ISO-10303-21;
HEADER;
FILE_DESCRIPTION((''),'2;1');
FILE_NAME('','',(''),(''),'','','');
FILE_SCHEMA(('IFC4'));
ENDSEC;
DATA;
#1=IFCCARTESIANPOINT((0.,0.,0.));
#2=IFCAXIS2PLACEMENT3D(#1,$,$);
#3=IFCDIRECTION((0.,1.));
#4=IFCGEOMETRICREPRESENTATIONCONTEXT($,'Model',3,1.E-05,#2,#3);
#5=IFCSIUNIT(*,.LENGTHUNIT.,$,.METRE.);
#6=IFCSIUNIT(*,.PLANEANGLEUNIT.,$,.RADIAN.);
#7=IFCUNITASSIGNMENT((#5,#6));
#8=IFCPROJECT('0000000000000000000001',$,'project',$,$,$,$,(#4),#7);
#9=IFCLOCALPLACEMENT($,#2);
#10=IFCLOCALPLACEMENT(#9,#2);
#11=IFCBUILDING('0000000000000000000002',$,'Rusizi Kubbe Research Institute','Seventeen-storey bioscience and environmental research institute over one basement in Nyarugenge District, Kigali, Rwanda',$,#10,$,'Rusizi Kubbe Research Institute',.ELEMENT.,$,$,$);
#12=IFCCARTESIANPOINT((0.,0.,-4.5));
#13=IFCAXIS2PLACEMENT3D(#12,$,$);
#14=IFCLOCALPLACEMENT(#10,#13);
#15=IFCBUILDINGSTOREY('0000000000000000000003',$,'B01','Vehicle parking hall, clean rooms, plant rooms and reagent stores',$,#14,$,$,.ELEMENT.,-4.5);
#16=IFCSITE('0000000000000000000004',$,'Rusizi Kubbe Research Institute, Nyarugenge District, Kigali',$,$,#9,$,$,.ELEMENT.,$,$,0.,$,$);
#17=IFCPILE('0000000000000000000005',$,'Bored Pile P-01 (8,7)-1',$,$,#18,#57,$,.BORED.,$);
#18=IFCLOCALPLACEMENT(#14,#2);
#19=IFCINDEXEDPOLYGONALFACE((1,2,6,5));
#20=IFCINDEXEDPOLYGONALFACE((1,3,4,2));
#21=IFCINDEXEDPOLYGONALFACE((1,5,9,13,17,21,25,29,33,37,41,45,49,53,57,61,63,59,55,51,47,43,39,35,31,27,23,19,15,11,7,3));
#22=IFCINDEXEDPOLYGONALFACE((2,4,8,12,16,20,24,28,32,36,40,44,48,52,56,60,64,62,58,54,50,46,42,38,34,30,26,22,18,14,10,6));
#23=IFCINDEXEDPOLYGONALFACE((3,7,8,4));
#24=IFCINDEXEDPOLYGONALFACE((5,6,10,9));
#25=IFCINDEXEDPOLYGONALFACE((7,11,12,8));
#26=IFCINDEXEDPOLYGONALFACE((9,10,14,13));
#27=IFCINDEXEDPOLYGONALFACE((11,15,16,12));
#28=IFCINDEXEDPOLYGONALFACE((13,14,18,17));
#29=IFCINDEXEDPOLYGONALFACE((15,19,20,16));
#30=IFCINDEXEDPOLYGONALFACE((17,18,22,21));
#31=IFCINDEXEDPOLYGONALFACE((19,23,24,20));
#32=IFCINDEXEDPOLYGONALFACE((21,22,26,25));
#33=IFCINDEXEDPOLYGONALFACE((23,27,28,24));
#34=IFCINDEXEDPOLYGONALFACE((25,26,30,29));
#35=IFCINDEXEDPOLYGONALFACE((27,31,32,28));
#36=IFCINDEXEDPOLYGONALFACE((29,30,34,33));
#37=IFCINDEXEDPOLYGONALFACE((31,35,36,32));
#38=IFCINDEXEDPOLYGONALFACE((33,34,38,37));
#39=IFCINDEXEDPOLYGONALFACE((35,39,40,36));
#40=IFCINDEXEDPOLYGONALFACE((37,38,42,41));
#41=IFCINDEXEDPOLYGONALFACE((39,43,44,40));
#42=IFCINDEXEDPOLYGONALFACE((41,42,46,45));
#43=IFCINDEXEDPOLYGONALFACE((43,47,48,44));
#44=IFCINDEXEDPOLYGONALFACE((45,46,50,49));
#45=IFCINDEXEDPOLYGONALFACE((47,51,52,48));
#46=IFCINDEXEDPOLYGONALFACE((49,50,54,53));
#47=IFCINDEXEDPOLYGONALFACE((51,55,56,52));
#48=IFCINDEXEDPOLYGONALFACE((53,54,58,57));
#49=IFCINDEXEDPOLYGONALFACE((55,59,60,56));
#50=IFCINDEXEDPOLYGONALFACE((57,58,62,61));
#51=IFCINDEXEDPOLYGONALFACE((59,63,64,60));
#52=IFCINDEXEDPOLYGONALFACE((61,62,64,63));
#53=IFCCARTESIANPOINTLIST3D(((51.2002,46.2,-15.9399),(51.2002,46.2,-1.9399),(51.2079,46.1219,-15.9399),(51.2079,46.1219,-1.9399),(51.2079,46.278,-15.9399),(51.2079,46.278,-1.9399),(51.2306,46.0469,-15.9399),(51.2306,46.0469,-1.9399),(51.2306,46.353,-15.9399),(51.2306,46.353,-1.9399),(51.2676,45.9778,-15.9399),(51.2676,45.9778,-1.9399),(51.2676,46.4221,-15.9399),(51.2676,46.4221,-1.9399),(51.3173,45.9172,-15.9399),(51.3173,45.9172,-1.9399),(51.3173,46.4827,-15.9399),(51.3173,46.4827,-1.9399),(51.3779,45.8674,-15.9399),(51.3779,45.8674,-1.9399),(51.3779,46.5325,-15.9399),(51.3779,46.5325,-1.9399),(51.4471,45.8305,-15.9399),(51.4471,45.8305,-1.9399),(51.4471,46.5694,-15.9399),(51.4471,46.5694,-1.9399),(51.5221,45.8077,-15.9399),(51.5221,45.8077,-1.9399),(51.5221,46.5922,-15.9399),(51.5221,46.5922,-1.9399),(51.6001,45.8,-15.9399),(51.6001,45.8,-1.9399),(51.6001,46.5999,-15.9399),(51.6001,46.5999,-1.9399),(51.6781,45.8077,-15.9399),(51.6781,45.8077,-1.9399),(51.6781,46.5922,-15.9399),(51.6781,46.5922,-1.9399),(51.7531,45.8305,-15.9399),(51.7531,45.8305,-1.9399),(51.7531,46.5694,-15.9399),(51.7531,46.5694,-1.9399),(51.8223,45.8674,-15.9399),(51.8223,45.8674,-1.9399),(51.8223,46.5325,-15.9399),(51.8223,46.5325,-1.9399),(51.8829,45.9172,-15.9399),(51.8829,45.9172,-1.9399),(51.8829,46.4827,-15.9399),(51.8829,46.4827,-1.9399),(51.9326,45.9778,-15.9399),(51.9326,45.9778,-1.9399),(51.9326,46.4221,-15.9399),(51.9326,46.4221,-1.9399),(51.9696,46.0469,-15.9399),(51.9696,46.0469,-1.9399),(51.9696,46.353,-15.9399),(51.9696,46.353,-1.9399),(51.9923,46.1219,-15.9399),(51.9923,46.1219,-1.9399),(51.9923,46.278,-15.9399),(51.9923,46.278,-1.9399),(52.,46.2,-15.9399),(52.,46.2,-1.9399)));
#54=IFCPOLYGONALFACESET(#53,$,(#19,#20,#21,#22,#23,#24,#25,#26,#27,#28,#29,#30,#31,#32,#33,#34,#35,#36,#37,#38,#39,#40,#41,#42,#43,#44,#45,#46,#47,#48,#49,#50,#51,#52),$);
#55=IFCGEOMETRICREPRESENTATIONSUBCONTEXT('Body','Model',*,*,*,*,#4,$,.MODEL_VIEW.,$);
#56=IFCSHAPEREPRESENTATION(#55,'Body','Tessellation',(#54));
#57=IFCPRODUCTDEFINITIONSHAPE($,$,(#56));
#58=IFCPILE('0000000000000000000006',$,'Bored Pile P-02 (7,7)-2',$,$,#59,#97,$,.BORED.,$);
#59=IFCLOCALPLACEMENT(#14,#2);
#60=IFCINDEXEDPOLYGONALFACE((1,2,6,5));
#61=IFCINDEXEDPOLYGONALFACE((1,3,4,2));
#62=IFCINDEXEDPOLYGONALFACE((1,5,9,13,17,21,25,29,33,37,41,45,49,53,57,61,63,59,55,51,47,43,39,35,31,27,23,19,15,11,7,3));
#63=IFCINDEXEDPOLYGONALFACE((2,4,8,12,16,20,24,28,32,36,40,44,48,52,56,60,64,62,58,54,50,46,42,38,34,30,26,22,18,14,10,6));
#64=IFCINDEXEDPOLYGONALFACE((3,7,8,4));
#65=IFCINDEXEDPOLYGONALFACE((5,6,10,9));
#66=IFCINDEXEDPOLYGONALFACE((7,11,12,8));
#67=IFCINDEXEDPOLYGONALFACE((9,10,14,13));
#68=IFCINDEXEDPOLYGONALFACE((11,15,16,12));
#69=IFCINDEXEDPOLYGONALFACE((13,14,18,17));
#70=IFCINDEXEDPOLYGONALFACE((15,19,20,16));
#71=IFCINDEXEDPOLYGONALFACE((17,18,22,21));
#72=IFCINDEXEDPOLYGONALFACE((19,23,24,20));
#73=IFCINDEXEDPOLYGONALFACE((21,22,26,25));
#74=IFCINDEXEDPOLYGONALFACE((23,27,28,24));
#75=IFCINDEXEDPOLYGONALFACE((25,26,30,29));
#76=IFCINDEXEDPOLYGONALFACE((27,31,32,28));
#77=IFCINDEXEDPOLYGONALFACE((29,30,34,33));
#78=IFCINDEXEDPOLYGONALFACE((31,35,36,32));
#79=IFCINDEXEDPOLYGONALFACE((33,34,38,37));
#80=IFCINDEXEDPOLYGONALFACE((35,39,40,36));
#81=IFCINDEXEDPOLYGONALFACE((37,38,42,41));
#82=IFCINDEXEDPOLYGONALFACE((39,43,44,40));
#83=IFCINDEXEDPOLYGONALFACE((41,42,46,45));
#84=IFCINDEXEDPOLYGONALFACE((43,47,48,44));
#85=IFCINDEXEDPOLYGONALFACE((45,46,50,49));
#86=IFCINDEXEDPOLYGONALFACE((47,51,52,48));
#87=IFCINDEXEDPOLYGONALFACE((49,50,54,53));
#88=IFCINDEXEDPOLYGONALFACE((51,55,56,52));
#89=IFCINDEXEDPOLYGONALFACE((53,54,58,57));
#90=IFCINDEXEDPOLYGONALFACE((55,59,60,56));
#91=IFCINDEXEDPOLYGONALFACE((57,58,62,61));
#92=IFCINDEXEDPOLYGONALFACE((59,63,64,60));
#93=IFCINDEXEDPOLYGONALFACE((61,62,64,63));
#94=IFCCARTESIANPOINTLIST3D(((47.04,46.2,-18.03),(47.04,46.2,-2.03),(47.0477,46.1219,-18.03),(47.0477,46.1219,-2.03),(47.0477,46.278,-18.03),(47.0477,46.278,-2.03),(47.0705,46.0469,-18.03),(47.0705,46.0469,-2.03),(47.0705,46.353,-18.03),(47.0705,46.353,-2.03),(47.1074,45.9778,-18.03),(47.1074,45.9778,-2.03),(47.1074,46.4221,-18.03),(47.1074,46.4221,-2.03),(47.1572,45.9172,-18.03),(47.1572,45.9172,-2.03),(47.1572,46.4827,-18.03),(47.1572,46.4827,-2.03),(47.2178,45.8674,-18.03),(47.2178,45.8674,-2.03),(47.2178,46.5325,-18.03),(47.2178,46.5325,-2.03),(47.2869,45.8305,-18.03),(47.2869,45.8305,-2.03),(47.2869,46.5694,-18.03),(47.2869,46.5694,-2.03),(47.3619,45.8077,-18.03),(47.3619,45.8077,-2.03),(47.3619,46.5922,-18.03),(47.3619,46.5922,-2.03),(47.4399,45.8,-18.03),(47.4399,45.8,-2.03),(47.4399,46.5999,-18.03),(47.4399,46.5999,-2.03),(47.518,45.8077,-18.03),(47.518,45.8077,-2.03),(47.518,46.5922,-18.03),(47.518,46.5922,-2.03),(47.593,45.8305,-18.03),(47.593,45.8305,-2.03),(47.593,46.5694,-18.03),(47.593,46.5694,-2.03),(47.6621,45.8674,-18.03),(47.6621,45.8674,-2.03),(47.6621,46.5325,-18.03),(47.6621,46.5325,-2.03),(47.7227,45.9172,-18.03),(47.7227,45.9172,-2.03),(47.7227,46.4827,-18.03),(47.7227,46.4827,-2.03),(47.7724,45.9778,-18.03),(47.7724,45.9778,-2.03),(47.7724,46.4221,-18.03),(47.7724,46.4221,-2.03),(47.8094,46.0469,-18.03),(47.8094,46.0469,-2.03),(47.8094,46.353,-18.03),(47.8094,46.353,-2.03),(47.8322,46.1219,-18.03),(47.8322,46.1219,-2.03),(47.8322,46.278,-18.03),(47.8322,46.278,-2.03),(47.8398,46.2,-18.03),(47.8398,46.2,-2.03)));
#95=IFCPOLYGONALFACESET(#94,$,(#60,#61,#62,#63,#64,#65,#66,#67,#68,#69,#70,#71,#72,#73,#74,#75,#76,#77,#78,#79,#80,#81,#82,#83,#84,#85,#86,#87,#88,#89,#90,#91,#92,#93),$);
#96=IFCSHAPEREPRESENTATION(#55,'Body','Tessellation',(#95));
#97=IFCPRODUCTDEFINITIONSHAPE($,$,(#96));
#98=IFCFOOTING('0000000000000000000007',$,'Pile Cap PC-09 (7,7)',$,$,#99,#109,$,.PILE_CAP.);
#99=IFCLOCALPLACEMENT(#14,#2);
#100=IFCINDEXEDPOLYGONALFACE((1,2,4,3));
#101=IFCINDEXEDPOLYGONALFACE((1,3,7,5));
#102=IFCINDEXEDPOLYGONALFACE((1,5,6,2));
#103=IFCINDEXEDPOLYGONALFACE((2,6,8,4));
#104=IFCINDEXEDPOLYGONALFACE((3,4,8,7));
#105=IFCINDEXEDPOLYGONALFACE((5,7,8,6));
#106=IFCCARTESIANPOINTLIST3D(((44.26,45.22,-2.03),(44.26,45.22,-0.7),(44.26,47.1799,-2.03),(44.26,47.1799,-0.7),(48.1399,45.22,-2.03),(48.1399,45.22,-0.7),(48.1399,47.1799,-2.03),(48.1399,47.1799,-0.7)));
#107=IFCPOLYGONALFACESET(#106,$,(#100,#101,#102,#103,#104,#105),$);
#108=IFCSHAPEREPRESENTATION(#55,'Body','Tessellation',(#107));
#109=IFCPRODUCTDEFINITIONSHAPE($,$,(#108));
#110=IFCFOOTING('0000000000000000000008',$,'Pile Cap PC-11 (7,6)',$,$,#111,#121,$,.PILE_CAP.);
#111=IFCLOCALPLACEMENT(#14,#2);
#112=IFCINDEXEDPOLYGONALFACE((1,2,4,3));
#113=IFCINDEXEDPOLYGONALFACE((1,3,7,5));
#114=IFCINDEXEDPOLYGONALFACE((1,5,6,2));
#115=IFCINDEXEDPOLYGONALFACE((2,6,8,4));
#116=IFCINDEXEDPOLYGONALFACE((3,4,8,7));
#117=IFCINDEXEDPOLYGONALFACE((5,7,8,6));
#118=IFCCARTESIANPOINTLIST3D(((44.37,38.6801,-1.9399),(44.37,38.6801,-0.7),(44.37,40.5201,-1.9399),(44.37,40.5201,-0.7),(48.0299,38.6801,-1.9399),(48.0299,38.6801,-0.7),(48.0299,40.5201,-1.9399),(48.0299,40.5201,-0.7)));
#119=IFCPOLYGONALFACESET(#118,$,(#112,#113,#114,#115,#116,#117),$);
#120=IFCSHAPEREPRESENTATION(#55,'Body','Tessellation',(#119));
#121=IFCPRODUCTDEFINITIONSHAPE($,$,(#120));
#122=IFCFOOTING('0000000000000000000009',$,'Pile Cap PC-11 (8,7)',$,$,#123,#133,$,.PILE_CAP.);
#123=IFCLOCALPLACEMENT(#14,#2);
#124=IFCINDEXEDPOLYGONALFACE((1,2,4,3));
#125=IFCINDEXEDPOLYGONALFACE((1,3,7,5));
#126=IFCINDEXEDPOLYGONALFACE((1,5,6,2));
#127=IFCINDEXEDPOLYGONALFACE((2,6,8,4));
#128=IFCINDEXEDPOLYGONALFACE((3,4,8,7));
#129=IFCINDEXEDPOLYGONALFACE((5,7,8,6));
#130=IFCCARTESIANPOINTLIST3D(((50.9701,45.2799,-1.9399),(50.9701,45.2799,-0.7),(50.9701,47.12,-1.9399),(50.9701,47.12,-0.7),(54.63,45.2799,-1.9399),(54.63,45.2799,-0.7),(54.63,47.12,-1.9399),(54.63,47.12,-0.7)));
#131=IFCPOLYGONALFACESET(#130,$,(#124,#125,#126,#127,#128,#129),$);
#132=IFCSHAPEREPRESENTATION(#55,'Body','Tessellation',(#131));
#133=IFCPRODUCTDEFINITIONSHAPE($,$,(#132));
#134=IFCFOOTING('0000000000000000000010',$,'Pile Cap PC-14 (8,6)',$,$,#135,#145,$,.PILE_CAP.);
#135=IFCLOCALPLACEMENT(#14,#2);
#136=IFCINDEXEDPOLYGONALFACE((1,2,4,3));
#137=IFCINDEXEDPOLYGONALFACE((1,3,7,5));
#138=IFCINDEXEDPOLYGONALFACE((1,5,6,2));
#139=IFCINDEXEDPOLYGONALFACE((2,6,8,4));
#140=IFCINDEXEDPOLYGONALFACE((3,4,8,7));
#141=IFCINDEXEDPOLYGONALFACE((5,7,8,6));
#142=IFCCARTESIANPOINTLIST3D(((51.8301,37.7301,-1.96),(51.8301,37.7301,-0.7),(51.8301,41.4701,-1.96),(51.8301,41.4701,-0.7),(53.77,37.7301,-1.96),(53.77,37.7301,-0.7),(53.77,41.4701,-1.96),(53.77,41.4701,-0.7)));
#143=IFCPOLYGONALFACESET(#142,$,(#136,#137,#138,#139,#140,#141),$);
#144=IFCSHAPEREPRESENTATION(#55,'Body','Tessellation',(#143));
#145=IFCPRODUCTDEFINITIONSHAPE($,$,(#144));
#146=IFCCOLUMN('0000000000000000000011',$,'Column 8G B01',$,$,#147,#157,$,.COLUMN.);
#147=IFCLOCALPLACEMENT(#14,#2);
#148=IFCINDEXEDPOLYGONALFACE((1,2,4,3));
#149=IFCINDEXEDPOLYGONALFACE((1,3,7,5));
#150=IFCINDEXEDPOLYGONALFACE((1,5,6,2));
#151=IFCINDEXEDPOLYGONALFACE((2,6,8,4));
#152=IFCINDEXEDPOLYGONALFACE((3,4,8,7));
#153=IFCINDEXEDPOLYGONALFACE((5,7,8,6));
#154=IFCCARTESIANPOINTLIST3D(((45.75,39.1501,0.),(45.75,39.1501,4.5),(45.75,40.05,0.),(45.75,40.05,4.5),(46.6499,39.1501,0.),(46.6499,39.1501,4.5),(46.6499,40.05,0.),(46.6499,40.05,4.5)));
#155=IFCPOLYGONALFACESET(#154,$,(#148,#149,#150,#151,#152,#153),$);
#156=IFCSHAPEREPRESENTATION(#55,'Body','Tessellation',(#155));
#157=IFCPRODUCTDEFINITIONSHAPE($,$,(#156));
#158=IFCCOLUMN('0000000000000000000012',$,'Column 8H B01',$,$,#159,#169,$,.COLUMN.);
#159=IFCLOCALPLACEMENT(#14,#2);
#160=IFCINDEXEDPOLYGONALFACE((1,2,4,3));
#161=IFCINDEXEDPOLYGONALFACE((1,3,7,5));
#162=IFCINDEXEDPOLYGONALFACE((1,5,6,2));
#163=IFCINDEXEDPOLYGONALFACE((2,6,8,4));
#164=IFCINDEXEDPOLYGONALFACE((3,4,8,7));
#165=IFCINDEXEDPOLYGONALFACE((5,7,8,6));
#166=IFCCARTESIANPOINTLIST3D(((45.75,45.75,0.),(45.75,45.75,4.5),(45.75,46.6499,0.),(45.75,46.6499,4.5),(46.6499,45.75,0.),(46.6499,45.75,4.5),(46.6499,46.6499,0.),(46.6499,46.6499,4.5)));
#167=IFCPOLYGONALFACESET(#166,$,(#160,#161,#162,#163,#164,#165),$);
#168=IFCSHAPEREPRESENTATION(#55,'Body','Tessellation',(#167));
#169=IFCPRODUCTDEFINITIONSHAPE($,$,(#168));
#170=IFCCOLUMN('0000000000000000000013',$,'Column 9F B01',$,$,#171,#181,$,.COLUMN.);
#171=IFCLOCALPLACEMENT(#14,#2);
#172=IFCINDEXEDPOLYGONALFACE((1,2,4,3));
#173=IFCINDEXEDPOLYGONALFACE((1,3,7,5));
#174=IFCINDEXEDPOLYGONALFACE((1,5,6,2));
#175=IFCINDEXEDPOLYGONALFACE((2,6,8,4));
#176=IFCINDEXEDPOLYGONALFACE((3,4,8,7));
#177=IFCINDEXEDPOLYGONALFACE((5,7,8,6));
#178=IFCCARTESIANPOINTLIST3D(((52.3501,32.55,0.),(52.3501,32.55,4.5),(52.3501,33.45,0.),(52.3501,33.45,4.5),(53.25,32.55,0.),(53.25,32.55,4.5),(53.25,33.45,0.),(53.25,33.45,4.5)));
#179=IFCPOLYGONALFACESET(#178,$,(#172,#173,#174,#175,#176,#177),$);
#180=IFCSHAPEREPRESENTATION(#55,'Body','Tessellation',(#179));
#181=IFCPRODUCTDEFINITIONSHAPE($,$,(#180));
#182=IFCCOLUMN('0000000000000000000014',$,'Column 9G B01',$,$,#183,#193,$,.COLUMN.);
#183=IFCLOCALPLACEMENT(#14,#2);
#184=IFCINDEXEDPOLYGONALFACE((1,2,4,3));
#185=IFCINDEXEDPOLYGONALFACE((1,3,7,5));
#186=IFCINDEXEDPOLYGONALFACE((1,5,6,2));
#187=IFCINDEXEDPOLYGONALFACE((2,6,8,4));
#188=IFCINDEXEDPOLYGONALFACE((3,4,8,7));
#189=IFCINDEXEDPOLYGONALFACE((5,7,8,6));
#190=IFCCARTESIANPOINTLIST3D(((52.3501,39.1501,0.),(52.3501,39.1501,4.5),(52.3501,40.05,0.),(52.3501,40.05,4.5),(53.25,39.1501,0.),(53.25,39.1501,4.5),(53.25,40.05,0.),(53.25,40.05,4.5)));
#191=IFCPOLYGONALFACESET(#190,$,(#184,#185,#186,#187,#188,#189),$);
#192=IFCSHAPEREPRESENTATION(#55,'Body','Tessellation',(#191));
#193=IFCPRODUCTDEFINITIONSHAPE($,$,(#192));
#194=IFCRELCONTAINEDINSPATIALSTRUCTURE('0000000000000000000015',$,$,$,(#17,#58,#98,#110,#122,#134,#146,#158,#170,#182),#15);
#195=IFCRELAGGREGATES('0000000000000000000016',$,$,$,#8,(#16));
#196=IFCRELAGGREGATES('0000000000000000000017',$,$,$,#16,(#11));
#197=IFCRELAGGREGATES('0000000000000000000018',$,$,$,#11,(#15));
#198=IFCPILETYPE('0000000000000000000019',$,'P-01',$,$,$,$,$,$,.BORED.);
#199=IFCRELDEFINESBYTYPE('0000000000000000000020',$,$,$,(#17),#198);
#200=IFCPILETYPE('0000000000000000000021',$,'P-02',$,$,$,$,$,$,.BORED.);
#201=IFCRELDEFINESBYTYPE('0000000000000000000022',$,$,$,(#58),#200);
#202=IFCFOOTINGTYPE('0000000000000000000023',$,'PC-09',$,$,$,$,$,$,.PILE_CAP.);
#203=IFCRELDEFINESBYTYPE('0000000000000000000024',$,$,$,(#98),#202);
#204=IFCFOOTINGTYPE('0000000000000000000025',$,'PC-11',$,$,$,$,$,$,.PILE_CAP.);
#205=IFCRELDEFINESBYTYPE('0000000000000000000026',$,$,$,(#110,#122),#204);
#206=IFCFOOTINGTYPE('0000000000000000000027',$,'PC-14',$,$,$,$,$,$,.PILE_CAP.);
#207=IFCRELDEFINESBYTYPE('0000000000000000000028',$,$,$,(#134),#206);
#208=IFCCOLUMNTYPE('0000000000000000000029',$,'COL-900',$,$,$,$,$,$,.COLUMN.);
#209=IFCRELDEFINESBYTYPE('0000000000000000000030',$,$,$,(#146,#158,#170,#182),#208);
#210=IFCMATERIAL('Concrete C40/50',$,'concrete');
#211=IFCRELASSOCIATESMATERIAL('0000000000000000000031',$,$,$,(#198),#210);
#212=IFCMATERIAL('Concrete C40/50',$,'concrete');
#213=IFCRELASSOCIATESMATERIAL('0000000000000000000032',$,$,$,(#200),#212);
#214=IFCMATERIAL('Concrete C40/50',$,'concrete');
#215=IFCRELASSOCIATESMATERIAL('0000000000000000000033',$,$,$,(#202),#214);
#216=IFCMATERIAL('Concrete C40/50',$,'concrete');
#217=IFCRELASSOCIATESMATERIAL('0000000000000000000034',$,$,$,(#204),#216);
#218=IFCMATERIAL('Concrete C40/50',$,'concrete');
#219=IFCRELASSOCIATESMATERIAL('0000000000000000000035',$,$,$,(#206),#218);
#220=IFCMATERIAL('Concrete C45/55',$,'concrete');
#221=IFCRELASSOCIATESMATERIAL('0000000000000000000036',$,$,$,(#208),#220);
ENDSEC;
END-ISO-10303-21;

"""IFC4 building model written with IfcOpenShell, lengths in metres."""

from ifc_helpers import new_model, si_unit, direction, frame, origin, origin_2d, place, context, subcontext, project, spatial, rectangle, circle, extrude, material, material_profile, profile_set, type_object, element, save


model = new_model("IFC4")

# Units and contexts
model_context = context("Model", 3, precision=1e-05, world=origin(), true_north=direction((0.0, 1.0)))
body_context = subcontext(model_context, "Body", "Model", "MODEL_VIEW")
ifc_project = project(units=[si_unit("LENGTHUNIT", "METRE"), si_unit("PLANEANGLEUNIT", "RADIAN")], contexts=[model_context])

# Site, building, storey
site_placement = place(None, origin())
site = spatial("IfcSite", under=ifc_project, at=site_placement, Name="Rusizi Kubbe Research Institute, Nyarugenge District, Kigali", CompositionType="ELEMENT", RefElevation=0.0)
building_placement = place(site_placement, origin())
building = spatial("IfcBuilding", under=site, at=building_placement, Name="Rusizi Kubbe Research Institute", Description="Seventeen-storey bioscience and environmental research institute over one basement in Nyarugenge District, Kigali, Rwanda", LongName="Rusizi Kubbe Research Institute", CompositionType="ELEMENT")
storey_placement = place(building_placement, frame((0.0, 0.0, -4.5)))
storey = spatial("IfcBuildingStorey", under=building, at=storey_placement, Name="B01", Description="Vehicle parking hall, clean rooms, plant rooms and reagent stores", CompositionType="ELEMENT", Elevation=-4.5)

# Piles
ifc_material_1 = material(Name="Concrete C40/50", Category="concrete")
ifc_material_profile_1 = material_profile(ifc_material_1, circle(Radius=0.3999, at=origin_2d()), Name="PILE-D800")
ifc_profile_set_1 = profile_set([ifc_material_profile_1], Name="Concrete C40/50")
pile_type_1 = type_object("IfcPileType", Name="P-01", PredefinedType="BORED", material=ifc_profile_set_1)
for number, where, z_axis, x_axis, name in (
    (1, (51.6001, 46.2, -1.9399), (0.0, 0.0, -1.0), (1.0, 0.0, 0.0), "Bored Pile P-01 (8,7)-1"),
):
    element("IfcPile", number, at=place(storey_placement, frame(where, z_axis=z_axis, x_axis=x_axis)), inside=storey, type_object=pile_type_1, Name=name, PredefinedType="BORED", context=body_context, shape_type="SweptSolid", body=[
        extrude(circle(Radius=0.3999, at=origin_2d()), origin(), (0.0, 0.0, 1.0), 14.0),
    ])
ifc_material_2 = material(Name="Concrete C40/50", Category="concrete")
ifc_material_profile_2 = material_profile(ifc_material_2, circle(Radius=0.3999, at=origin_2d()), Name="PILE-D800")
ifc_profile_set_2 = profile_set([ifc_material_profile_2], Name="Concrete C40/50")
pile_type_2 = type_object("IfcPileType", Name="P-02", PredefinedType="BORED", material=ifc_profile_set_2)
pile_placement = place(storey_placement, frame((47.4399, 46.2, -2.03), z_axis=(0.0, 0.0, -1.0), x_axis=(1.0, 0.0, 0.0)))
element("IfcPile", 2, at=pile_placement, inside=storey, type_object=pile_type_2, Name="Bored Pile P-02 (7,7)-2", PredefinedType="BORED", context=body_context, shape_type="SweptSolid", body=[
    extrude(circle(Radius=0.3999, at=origin_2d()), origin(), (0.0, 0.0, 1.0), 16.0),
])

# Footings
ifc_material_3 = material(Name="Concrete C40/50", Category="concrete")
footing_type_1 = type_object("IfcFootingType", Name="PC-09", PredefinedType="PILE_CAP", material=ifc_material_3)
footing_1_placement = place(storey_placement, frame((46.2, 46.2, -2.03), z_axis=(0.0, 0.0, 1.0), x_axis=(1.0, 0.0, 0.0)))
element("IfcFooting", 3, at=footing_1_placement, inside=storey, type_object=footing_type_1, Name="Pile Cap PC-09 (7,7)", PredefinedType="PILE_CAP", context=body_context, shape_type="SweptSolid", body=[
    extrude(rectangle(XDim=3.8799, YDim=1.96, at=origin_2d()), origin(), (0.0, 0.0, 1.0), 1.3301),
])
ifc_material_4 = material(Name="Concrete C40/50", Category="concrete")
footing_type_2 = type_object("IfcFootingType", Name="PC-11", PredefinedType="PILE_CAP", material=ifc_material_4)
for number, where, z_axis, x_axis, name in (
    (4, (46.2, 39.6001, -1.9399), (0.0, 0.0, 1.0), (1.0, 0.0, 0.0), "Pile Cap PC-11 (7,6)"),
    (5, (52.8, 46.2, -1.9399), (0.0, 0.0, 1.0), (1.0, 0.0, 0.0), "Pile Cap PC-11 (8,7)"),
):
    element("IfcFooting", number, at=place(storey_placement, frame(where, z_axis=z_axis, x_axis=x_axis)), inside=storey, type_object=footing_type_2, Name=name, PredefinedType="PILE_CAP", context=body_context, shape_type="SweptSolid", body=[
        extrude(rectangle(XDim=3.6599, YDim=1.8401, at=origin_2d()), origin(), (0.0, 0.0, 1.0), 1.24),
    ])
ifc_material_5 = material(Name="Concrete C40/50", Category="concrete")
footing_type_3 = type_object("IfcFootingType", Name="PC-14", PredefinedType="PILE_CAP", material=ifc_material_5)
footing_2_placement = place(storey_placement, frame((52.8, 39.6001, -1.96), z_axis=(0.0, 0.0, 1.0), x_axis=(1.0, 0.0, 0.0)))
element("IfcFooting", 6, at=footing_2_placement, inside=storey, type_object=footing_type_3, Name="Pile Cap PC-14 (8,6)", PredefinedType="PILE_CAP", context=body_context, shape_type="SweptSolid", body=[
    extrude(rectangle(XDim=1.9399, YDim=3.74, at=origin_2d()), origin(), (0.0, 0.0, 1.0), 1.26),
])

# Columns
ifc_material_6 = material(Name="Concrete C45/55", Category="concrete")
ifc_material_profile_3 = material_profile(ifc_material_6, rectangle(XDim=0.8999, YDim=0.8999, at=origin_2d()), Name="RC900x900")
ifc_profile_set_3 = profile_set([ifc_material_profile_3], Name="Concrete C45/55")
column_type = type_object("IfcColumnType", Name="COL-900", PredefinedType="COLUMN", material=ifc_profile_set_3)
for number, where, z_axis, x_axis, name in (
    (7, (46.2, 39.6001, 0.0), (0.0, 0.0, 1.0), (1.0, 0.0, 0.0), "Column 8G B01"),
    (8, (46.2, 46.2, 0.0), (0.0, 0.0, 1.0), (1.0, 0.0, 0.0), "Column 8H B01"),
    (9, (52.8, 33.0, 0.0), (0.0, 0.0, 1.0), (1.0, 0.0, 0.0), "Column 9F B01"),
    (10, (52.8, 39.6001, 0.0), (0.0, 0.0, 1.0), (1.0, 0.0, 0.0), "Column 9G B01"),
):
    element("IfcColumn", number, at=place(storey_placement, frame(where, z_axis=z_axis, x_axis=x_axis)), inside=storey, type_object=column_type, Name=name, PredefinedType="COLUMN", context=body_context, shape_type="SweptSolid", body=[
        extrude(rectangle(XDim=0.8999, YDim=0.8999, at=origin_2d()), origin(), (0.0, 0.0, 1.0), 4.5),
    ])

save(model, "model.ifc")
